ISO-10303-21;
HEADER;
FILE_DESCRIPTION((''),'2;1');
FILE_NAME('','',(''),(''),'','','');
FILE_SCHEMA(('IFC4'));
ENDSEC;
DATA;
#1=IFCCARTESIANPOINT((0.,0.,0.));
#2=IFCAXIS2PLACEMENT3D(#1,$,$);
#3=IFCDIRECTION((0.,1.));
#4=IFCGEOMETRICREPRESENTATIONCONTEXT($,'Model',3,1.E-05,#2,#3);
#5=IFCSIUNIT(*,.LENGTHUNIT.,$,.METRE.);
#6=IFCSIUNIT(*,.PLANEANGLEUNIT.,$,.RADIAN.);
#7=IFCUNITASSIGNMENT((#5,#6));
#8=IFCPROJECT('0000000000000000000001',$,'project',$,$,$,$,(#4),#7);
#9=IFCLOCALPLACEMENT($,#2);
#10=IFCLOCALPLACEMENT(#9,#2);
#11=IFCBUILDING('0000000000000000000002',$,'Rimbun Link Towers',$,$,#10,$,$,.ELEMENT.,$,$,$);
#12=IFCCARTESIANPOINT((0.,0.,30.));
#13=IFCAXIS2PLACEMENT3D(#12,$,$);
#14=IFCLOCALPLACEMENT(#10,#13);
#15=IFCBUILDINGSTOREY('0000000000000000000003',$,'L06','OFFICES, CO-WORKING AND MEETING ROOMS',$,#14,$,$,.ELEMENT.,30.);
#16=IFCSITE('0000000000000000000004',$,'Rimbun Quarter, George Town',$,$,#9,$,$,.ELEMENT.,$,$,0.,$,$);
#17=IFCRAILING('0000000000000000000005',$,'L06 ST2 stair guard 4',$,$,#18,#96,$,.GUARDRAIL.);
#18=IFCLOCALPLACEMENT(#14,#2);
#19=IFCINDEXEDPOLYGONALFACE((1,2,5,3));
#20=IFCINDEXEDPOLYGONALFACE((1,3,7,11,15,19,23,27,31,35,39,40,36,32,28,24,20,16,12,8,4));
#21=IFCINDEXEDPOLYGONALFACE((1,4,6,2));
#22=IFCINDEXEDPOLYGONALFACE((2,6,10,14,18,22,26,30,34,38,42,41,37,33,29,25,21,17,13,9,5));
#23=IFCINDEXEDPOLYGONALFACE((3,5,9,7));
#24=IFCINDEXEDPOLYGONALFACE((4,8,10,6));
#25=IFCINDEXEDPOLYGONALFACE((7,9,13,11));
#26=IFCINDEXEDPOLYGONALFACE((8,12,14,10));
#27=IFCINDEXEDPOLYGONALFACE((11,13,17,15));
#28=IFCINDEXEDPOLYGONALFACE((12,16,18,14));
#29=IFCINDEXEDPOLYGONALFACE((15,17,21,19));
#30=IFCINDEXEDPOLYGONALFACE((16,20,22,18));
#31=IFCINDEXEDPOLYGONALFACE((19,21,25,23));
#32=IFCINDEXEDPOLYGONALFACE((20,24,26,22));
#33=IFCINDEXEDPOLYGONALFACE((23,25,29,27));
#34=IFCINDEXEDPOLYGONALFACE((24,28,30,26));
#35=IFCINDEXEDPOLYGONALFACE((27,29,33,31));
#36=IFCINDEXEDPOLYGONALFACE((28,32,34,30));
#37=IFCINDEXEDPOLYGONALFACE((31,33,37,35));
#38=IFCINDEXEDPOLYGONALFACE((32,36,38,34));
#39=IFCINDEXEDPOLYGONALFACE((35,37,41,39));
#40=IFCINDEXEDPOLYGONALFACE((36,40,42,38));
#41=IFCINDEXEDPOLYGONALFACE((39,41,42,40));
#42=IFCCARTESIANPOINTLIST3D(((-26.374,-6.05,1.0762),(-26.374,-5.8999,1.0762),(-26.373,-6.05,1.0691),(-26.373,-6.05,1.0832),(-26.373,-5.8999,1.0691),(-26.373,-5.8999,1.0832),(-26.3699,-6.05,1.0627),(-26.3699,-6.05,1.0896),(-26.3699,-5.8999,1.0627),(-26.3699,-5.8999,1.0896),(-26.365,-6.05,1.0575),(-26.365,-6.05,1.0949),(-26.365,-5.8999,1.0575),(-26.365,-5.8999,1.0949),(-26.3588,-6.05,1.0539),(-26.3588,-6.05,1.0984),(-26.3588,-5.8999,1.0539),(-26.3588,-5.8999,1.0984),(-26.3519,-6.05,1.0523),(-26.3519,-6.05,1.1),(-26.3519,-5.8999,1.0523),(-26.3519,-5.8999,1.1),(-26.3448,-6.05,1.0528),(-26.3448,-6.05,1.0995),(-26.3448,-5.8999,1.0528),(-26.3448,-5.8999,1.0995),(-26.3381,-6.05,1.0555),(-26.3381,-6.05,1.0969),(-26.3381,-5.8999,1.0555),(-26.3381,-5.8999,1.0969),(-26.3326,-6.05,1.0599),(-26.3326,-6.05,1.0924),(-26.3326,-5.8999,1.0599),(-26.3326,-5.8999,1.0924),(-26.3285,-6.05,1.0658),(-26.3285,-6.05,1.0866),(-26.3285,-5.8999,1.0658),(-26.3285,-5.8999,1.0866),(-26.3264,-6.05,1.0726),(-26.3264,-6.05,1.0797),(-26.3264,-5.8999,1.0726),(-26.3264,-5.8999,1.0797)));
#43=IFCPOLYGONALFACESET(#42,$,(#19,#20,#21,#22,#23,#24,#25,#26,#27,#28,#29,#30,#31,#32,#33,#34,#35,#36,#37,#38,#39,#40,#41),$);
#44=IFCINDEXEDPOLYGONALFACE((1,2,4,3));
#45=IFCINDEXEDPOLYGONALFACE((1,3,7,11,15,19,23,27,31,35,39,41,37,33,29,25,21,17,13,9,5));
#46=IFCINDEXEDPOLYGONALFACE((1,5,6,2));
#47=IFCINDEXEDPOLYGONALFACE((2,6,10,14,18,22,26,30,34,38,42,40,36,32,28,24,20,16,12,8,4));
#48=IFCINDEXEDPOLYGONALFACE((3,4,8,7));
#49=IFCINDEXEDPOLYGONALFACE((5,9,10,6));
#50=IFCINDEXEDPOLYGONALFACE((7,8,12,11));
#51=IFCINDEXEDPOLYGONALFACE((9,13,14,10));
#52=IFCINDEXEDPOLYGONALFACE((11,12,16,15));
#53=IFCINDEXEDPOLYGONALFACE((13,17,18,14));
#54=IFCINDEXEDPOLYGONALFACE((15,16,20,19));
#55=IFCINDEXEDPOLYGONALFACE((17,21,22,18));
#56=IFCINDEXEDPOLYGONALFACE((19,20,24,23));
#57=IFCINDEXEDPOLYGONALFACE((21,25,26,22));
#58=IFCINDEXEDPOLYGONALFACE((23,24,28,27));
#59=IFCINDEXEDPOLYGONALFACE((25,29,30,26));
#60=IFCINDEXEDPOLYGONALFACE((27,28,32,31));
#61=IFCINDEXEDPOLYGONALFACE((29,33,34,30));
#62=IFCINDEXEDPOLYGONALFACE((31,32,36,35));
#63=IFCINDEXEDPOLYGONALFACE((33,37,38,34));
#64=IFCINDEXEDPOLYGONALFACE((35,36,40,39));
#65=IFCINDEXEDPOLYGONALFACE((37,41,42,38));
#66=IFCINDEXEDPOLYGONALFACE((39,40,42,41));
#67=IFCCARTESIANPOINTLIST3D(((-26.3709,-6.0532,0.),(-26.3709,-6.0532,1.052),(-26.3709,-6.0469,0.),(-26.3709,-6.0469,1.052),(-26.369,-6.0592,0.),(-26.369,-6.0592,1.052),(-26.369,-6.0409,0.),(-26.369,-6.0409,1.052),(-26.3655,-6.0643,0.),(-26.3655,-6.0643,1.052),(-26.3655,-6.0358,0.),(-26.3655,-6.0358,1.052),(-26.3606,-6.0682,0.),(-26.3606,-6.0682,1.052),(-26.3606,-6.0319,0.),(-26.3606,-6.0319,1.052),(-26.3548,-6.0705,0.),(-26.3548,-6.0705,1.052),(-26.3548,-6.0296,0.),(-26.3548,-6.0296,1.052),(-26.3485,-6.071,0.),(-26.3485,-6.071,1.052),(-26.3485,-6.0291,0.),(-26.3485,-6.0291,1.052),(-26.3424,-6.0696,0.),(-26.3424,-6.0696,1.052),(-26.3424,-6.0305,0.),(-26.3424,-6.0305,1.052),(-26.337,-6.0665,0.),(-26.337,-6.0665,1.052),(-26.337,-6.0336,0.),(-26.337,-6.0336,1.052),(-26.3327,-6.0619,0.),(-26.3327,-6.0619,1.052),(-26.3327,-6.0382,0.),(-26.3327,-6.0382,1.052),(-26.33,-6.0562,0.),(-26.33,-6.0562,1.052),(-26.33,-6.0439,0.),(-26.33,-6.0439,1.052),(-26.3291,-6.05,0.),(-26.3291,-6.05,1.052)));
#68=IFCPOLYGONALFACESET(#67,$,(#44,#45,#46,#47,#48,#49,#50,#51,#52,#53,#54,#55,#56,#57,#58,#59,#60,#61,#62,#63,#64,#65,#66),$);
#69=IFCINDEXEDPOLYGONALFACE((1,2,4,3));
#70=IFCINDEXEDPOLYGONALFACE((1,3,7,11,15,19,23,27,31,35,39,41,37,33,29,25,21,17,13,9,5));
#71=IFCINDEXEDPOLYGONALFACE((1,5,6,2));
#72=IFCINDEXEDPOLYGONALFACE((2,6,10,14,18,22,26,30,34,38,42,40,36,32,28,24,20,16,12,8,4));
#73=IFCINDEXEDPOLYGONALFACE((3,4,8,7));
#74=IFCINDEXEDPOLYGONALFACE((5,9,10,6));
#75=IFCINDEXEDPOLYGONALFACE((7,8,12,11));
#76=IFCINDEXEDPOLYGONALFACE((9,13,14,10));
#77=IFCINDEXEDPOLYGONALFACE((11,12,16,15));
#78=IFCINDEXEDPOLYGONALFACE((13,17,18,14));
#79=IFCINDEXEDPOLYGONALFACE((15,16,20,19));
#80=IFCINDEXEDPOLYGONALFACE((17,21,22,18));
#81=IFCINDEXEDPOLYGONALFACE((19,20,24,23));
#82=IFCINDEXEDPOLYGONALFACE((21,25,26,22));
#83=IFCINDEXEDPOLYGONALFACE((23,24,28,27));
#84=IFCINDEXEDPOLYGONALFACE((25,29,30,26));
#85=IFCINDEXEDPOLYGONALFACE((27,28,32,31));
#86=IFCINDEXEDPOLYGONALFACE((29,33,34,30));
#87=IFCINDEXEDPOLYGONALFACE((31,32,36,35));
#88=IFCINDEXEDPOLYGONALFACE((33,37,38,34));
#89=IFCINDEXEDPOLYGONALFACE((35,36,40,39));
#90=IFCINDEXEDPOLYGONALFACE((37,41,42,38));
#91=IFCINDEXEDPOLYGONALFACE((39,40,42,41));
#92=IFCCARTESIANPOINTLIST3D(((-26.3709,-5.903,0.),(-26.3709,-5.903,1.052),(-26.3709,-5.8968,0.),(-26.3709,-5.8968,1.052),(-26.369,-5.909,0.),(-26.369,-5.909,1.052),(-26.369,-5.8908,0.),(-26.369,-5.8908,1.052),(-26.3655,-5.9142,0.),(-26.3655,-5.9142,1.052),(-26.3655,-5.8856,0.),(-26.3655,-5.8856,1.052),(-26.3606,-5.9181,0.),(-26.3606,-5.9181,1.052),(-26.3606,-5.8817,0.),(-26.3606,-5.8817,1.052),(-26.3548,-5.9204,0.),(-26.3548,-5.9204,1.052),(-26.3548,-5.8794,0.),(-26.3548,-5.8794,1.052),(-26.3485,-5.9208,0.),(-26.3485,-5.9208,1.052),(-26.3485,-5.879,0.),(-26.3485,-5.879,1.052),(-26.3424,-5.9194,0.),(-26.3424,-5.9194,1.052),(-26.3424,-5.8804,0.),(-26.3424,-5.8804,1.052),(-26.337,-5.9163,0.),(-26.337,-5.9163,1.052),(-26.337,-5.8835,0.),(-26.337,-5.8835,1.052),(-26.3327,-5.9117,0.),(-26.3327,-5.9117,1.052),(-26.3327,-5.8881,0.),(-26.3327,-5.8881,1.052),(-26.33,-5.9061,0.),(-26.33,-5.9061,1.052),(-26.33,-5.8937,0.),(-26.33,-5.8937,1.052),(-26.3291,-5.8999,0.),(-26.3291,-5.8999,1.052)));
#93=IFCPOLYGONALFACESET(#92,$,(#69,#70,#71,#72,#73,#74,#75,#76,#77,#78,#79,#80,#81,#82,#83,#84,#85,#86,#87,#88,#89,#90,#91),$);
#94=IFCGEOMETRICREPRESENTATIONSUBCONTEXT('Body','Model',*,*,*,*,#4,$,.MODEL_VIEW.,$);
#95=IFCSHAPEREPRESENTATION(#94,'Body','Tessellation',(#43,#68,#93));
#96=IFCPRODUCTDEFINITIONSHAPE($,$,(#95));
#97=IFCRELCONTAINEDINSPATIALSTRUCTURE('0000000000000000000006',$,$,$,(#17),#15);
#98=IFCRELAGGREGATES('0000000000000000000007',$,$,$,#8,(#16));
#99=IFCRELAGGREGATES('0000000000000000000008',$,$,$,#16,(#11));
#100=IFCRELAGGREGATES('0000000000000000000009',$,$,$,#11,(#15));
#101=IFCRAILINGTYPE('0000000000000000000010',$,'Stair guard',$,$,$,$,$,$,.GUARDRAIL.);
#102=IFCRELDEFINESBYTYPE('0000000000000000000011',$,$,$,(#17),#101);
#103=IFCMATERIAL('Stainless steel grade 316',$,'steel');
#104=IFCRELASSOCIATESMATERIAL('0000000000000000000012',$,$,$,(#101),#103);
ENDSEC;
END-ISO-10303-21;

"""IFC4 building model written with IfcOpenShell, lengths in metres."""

from ifc_helpers import new_model, si_unit, direction, frame, origin, origin_2d, place, context, subcontext, project, spatial, circle, extrude, material, type_object, element, save


model = new_model("IFC4")

# Units and contexts
model_context = context("Model", 3, precision=1e-05, world=origin(), true_north=direction((0.0, 1.0)))
body_context = subcontext(model_context, "Body", "Model", "MODEL_VIEW")
ifc_project = project(units=[si_unit("LENGTHUNIT", "METRE"), si_unit("PLANEANGLEUNIT", "RADIAN")], contexts=[model_context])

# Site, building, storey
site_placement = place(None, origin())
site = spatial("IfcSite", under=ifc_project, at=site_placement, Name="Rimbun Quarter, George Town", CompositionType="ELEMENT", RefElevation=0.0)
building_placement = place(site_placement, origin())
building = spatial("IfcBuilding", under=site, at=building_placement, Name="Rimbun Link Towers", CompositionType="ELEMENT")
storey_placement = place(building_placement, frame((0.0, 0.0, 30.0)))
storey = spatial("IfcBuildingStorey", under=building, at=storey_placement, Name="L06", Description="OFFICES, CO-WORKING AND MEETING ROOMS", CompositionType="ELEMENT", Elevation=30.0)

# Railing
ifc_material_1 = material(Name="Stainless steel grade 316", Category="steel")
railing_type_1 = type_object("IfcRailingType", Name="Stair guard", PredefinedType="GUARDRAIL", material=ifc_material_1)
railing_1_placement = place(storey_placement, frame((-26.3501, -6.05, 0.0)))
element("IfcRailing", 1, at=railing_1_placement, inside=storey, type_object=railing_type_1, Name="L06 ST2 stair guard 4", PredefinedType="GUARDRAIL", context=body_context, shape_type="SweptSolid", body=[
    extrude(circle(Radius=0.0239, at=origin_2d()), frame((0.0, 0.0, 1.0762), z_axis=(0.0, 1.0, 0.0), x_axis=(-1.0, 0.0, 0.0)), (0.0, 0.0, 1.0), 0.1501),
    extrude(circle(Radius=0.021, at=origin_2d()), origin(), (0.0, 0.0, 1.0), 1.052),
    extrude(circle(Radius=0.021, at=origin_2d()), frame((0.0, 0.1501, 0.0)), (0.0, 0.0, 1.0), 1.052),
])

save(model, "model.ifc")
